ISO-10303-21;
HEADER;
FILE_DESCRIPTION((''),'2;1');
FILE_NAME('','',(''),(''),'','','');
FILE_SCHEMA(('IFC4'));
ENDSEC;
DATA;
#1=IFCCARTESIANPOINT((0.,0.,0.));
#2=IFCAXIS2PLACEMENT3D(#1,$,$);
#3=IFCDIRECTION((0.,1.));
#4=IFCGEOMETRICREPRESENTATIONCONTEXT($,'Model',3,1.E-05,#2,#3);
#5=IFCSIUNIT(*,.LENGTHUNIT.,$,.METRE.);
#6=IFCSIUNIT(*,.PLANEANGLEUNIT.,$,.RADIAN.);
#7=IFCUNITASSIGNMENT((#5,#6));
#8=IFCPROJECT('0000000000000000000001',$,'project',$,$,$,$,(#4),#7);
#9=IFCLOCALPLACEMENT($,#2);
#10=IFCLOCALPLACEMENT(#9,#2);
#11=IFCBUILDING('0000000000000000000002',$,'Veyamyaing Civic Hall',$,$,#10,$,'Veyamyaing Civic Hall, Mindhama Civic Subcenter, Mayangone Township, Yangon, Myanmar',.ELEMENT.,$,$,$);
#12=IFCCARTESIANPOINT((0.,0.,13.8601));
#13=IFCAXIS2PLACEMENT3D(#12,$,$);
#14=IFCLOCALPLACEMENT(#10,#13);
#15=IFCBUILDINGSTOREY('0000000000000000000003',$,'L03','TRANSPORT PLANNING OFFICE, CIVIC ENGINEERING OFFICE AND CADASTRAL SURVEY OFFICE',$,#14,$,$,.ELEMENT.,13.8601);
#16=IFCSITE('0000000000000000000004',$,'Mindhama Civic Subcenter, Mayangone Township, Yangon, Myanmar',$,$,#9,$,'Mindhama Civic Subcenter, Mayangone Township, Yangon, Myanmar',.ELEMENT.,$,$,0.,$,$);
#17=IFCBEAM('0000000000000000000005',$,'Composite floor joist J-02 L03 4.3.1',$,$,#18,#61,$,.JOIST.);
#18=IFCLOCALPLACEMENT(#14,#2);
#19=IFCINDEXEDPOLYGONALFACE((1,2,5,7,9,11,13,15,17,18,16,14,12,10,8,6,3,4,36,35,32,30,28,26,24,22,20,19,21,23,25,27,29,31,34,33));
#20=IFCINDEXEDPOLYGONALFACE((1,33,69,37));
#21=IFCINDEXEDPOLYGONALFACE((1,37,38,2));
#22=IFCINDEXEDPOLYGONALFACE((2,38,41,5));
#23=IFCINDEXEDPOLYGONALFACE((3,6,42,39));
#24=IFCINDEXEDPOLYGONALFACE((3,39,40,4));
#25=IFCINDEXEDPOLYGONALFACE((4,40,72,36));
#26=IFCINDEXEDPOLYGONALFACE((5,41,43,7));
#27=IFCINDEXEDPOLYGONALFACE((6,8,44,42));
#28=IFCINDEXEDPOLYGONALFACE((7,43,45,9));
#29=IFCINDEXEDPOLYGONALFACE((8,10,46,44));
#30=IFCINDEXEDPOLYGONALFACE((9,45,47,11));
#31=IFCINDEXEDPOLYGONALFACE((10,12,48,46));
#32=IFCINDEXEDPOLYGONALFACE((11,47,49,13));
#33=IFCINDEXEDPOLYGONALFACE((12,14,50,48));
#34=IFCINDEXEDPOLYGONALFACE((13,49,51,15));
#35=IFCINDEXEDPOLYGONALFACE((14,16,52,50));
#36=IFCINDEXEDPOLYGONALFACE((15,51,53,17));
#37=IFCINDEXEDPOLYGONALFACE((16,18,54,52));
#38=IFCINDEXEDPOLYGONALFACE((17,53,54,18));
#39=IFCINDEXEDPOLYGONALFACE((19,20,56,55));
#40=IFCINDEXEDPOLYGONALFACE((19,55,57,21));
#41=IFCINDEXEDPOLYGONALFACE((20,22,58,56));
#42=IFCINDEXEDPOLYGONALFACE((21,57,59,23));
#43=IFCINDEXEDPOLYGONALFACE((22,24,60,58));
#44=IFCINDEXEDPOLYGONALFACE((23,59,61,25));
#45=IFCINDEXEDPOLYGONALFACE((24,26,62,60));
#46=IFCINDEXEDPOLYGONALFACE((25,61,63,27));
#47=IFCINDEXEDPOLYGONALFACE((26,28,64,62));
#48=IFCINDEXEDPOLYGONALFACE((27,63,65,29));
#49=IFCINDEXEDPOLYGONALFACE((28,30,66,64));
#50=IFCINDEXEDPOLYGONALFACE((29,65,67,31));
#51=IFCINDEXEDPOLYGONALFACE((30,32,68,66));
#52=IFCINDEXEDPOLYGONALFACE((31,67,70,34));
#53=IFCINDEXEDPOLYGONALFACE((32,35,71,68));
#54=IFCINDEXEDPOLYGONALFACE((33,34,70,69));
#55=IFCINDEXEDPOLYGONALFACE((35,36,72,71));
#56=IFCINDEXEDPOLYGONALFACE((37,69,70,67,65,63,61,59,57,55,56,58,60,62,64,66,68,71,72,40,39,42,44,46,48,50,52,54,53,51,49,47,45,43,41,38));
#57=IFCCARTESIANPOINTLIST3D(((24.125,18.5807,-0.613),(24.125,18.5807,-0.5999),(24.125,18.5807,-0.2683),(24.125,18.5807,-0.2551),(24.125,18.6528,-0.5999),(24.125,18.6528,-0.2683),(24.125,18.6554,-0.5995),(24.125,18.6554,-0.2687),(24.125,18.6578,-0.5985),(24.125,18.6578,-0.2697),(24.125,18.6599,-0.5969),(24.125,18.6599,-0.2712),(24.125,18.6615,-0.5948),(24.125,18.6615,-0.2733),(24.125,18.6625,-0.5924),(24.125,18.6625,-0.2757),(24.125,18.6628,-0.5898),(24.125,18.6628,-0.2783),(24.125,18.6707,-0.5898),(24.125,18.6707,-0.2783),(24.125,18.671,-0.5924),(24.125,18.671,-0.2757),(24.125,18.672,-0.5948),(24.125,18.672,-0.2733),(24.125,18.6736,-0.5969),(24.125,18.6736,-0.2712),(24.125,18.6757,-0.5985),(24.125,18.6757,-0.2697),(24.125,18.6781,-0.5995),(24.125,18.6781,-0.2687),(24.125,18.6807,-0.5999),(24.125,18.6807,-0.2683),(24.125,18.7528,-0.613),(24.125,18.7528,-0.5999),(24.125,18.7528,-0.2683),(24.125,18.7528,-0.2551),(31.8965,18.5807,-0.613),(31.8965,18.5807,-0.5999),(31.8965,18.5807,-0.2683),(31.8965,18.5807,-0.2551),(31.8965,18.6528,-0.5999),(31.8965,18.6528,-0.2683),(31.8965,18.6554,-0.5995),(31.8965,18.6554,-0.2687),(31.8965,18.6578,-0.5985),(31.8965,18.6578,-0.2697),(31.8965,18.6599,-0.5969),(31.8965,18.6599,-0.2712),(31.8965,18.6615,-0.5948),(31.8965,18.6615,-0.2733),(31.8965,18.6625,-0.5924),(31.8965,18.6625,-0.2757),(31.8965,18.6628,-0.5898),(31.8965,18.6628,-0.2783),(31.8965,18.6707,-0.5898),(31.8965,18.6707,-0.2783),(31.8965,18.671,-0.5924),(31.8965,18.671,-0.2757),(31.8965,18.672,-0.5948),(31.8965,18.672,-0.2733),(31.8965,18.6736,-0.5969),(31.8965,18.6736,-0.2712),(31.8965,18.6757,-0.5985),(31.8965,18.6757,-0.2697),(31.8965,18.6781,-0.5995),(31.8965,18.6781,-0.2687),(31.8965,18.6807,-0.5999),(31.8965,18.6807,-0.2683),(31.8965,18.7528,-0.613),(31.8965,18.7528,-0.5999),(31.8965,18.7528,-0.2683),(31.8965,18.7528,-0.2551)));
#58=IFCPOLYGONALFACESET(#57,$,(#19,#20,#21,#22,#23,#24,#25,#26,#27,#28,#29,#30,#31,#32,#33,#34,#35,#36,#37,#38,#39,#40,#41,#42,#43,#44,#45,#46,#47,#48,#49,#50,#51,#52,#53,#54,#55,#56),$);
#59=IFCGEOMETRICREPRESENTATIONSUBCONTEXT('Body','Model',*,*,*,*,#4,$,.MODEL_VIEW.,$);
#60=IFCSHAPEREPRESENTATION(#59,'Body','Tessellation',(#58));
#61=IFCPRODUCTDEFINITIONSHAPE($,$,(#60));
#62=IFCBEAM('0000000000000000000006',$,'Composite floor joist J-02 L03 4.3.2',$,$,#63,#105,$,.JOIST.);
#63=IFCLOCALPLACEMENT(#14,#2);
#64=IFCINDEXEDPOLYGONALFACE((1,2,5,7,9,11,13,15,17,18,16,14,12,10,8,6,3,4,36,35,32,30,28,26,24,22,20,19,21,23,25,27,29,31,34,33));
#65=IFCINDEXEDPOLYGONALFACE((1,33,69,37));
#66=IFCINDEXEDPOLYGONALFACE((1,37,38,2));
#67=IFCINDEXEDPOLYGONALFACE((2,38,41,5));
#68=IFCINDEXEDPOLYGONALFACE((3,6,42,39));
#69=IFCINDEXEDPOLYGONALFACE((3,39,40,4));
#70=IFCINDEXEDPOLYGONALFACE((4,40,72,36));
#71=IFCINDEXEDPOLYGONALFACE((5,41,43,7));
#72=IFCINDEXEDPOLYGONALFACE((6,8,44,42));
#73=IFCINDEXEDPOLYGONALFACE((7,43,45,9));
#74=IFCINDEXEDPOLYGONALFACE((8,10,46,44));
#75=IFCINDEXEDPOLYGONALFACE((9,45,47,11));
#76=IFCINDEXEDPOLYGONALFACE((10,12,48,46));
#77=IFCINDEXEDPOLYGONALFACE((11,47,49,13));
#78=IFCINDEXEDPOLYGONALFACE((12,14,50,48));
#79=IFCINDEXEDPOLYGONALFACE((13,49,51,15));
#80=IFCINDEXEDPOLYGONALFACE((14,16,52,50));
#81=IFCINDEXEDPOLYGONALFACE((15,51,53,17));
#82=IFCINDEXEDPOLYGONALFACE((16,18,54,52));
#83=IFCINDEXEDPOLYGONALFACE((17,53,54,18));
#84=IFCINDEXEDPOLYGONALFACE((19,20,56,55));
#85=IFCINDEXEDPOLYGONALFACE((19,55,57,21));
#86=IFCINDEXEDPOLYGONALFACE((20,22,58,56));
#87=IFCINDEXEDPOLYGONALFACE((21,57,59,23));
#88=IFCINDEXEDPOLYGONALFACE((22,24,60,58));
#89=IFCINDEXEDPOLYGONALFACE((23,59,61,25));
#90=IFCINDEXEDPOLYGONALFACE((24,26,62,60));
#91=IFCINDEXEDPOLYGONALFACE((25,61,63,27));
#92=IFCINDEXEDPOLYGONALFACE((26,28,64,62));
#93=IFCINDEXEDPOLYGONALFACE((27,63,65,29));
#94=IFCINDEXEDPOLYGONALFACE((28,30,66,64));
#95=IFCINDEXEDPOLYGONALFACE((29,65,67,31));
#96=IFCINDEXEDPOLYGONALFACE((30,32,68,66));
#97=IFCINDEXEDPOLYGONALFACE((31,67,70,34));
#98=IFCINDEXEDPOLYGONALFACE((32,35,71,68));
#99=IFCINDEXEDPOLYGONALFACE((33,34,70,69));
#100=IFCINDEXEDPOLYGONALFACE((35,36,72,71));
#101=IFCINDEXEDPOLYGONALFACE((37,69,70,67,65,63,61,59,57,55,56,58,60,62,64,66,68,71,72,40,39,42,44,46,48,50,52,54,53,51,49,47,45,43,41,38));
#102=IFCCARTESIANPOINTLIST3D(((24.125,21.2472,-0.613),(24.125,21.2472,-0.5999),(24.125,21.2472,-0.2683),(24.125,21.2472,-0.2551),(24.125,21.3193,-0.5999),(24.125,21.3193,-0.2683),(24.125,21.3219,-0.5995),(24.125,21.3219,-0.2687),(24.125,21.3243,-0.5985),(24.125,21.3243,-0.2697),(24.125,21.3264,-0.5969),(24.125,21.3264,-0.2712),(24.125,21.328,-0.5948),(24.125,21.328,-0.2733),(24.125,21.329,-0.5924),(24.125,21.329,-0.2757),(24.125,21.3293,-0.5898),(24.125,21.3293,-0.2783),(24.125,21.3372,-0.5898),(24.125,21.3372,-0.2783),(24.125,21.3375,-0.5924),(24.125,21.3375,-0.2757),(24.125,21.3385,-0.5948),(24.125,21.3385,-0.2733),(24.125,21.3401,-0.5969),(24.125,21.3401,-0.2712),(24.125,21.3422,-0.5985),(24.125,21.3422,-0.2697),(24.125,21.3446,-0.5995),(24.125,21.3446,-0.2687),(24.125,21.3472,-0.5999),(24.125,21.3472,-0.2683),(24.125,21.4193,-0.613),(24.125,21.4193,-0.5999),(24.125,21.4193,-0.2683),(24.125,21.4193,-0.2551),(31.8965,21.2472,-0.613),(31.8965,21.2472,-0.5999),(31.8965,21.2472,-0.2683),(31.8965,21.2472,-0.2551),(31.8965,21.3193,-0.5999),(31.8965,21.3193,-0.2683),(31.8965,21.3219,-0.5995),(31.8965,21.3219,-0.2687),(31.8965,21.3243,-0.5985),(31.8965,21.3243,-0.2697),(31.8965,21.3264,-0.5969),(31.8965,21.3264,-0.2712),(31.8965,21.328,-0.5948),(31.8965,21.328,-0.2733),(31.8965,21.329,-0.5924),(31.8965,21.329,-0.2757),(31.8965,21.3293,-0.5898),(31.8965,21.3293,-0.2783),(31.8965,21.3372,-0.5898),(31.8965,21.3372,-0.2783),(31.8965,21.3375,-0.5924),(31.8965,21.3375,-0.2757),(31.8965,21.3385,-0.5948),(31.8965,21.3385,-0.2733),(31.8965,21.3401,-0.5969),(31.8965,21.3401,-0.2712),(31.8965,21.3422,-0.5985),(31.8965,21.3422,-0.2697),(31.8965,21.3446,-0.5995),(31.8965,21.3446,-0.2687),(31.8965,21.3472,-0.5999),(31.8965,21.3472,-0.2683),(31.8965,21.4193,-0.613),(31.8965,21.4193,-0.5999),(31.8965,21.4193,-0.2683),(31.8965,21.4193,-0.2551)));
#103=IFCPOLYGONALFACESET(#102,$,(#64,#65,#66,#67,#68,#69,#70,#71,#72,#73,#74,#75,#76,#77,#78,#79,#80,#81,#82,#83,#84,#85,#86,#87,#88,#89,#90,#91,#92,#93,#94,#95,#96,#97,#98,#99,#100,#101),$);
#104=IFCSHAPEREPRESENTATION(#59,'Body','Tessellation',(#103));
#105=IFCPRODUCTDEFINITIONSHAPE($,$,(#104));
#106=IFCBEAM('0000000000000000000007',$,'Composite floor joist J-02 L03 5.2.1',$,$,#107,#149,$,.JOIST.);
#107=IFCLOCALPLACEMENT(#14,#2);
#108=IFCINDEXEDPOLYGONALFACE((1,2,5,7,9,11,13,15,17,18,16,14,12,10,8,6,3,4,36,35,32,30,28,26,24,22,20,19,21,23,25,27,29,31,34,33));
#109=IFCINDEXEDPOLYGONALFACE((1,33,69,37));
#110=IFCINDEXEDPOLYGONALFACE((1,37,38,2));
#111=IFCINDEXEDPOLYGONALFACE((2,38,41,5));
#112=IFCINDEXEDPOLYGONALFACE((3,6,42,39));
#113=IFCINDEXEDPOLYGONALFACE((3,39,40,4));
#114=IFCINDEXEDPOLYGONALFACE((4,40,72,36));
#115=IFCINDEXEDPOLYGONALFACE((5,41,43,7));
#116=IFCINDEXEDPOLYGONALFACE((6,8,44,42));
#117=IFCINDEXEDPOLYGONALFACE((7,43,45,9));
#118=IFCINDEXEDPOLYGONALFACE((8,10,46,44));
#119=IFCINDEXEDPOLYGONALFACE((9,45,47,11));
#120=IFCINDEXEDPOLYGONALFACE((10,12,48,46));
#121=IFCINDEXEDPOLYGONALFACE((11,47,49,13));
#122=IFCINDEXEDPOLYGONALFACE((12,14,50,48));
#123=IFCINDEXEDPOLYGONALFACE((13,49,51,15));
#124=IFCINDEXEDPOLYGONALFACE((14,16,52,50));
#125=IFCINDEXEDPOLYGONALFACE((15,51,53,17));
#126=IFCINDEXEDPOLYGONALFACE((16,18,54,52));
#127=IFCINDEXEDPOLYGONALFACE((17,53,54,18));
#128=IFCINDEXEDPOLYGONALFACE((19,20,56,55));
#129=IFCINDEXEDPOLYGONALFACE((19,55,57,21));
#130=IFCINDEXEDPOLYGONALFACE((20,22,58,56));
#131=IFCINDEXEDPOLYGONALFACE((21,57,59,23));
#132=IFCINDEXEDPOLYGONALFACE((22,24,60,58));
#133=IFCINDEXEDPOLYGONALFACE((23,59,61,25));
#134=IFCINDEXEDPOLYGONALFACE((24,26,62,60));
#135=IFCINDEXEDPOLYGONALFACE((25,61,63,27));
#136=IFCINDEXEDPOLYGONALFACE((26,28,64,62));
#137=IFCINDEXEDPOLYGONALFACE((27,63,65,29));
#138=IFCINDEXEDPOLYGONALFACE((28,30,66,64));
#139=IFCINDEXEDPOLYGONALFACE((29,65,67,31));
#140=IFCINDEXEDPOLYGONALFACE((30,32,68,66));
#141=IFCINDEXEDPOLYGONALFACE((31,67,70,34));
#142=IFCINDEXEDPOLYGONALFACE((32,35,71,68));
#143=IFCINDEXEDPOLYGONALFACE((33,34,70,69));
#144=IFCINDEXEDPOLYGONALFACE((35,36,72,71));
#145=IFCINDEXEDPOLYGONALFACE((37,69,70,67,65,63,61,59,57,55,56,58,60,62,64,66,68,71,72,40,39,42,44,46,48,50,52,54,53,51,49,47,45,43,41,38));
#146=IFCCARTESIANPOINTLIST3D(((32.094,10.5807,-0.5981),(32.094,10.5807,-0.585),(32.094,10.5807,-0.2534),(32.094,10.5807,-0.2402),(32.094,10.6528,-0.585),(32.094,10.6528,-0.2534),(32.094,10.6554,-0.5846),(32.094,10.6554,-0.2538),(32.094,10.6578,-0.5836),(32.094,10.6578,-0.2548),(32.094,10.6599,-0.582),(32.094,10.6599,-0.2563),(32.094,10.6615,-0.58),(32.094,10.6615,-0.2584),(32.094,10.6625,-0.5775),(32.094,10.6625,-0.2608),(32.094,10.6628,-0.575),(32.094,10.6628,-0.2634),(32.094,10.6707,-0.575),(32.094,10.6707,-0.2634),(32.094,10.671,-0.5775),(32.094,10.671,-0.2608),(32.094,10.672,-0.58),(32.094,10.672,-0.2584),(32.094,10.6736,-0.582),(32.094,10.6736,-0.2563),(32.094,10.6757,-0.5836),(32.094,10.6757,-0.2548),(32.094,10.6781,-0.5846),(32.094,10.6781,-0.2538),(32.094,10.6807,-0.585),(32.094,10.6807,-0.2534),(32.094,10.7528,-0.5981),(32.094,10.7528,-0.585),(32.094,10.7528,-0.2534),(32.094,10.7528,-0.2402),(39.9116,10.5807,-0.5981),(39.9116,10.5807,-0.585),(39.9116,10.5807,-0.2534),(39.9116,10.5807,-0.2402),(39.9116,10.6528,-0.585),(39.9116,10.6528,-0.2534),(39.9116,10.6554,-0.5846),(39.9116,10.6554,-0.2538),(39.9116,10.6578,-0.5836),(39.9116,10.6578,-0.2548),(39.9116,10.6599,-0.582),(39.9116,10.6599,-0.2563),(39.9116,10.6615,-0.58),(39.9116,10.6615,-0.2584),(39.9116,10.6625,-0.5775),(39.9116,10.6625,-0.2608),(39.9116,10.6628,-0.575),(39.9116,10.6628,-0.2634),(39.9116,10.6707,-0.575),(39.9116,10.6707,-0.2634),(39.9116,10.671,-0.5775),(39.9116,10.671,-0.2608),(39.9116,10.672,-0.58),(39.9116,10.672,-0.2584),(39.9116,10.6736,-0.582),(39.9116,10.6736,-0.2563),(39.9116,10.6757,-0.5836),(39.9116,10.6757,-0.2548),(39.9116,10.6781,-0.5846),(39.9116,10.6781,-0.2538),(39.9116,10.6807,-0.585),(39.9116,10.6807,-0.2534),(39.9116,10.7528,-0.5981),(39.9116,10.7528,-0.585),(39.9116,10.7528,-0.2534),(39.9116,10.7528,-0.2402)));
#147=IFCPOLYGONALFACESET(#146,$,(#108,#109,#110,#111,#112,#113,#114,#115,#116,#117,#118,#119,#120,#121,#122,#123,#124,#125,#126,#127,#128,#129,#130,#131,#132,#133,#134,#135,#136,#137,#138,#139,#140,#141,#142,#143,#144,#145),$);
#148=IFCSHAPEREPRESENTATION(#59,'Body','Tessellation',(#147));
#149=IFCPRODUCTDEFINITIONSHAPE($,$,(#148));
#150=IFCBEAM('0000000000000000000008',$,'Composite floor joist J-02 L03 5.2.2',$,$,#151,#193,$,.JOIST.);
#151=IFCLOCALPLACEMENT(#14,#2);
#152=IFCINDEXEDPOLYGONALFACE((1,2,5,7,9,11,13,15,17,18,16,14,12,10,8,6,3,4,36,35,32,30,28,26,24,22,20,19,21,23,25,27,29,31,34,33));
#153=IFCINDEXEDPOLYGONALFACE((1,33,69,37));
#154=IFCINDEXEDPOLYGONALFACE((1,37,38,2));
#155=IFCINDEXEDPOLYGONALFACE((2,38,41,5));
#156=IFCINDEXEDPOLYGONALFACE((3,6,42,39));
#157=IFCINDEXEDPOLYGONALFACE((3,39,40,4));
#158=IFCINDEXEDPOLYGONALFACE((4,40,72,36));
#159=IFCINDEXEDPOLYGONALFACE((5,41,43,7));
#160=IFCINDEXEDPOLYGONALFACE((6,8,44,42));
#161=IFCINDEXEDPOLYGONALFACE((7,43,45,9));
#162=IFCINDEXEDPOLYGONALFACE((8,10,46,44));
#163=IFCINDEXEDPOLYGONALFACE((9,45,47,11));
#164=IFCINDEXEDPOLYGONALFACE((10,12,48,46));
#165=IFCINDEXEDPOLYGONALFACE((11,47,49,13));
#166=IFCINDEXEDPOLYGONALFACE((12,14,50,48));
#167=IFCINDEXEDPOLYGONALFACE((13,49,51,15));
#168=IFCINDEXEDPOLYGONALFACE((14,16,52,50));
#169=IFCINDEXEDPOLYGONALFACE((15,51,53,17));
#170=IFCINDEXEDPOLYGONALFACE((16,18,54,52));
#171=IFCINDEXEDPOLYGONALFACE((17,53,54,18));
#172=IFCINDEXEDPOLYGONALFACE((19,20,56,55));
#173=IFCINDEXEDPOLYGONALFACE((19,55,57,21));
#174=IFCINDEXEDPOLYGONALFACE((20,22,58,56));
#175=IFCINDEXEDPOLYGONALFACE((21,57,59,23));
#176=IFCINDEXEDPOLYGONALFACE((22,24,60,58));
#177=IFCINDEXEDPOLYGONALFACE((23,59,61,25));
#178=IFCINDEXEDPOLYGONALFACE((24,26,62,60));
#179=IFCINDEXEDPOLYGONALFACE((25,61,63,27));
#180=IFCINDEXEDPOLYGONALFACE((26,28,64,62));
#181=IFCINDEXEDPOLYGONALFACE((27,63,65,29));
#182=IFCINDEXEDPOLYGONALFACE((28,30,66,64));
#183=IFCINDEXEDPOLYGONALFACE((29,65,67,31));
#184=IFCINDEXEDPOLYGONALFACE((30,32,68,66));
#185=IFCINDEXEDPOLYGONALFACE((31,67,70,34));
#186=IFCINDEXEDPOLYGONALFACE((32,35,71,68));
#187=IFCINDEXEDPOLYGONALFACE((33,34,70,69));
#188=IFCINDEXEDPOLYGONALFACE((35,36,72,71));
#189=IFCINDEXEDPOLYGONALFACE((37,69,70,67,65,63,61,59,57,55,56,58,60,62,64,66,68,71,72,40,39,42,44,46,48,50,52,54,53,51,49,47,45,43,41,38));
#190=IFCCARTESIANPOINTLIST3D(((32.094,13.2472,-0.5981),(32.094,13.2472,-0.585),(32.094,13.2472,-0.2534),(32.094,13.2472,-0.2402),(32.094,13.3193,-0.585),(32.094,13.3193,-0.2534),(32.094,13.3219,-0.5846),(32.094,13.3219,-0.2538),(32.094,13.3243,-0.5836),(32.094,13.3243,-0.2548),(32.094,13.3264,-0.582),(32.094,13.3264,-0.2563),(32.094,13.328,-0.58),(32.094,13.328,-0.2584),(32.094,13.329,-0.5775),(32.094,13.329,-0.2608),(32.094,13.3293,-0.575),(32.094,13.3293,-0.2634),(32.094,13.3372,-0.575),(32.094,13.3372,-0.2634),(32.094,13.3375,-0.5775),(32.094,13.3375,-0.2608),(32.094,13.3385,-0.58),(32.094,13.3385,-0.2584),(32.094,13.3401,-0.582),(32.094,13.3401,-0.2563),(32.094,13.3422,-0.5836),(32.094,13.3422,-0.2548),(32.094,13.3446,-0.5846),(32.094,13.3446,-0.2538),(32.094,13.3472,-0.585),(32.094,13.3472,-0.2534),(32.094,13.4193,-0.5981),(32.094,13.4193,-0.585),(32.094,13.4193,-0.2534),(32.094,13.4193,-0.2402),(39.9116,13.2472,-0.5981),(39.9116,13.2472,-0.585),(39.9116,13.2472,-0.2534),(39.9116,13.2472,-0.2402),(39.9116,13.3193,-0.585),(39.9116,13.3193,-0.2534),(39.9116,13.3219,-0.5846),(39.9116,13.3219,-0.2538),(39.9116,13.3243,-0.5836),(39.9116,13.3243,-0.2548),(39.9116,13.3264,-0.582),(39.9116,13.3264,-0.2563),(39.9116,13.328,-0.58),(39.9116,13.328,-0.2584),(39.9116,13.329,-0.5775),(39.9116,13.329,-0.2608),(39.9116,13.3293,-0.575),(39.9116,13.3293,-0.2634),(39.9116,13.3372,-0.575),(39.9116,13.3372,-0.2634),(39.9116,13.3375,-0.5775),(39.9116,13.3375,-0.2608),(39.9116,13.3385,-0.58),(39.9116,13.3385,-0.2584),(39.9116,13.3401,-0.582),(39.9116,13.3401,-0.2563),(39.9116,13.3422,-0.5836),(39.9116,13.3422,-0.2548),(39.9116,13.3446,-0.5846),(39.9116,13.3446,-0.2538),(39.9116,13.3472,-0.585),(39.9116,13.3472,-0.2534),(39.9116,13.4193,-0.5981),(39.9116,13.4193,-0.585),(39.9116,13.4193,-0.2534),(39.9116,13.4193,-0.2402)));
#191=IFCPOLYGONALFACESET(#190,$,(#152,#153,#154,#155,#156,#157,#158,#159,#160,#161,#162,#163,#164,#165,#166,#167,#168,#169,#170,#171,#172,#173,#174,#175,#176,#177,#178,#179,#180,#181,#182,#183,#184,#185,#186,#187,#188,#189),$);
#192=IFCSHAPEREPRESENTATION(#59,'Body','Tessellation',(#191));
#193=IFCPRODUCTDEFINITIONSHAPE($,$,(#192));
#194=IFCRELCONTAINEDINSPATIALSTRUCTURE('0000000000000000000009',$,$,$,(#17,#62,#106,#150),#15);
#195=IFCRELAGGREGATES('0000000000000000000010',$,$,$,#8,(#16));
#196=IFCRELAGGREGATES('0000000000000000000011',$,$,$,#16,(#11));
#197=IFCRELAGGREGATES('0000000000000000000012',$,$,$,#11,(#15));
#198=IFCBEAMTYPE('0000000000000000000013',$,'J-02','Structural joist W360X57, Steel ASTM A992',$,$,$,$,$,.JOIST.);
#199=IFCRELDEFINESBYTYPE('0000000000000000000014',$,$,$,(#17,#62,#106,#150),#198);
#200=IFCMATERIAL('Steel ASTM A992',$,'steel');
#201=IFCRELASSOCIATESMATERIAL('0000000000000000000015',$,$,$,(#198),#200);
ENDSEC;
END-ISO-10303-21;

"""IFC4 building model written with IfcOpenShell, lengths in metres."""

from ifc_helpers import new_model, si_unit, direction, frame, origin, origin_2d, place, context, subcontext, project, spatial, i_section, extrude, material, material_profile, profile_set, type_object, element, save


model = new_model("IFC4")

# Units and contexts
model_context = context("Model", 3, precision=1e-05, world=origin(), true_north=direction((0.0, 1.0)))
body_context = subcontext(model_context, "Body", "Model", "MODEL_VIEW")
ifc_project = project(units=[si_unit("LENGTHUNIT", "METRE"), si_unit("PLANEANGLEUNIT", "RADIAN")], contexts=[model_context])

# Site, building, storey
site_placement = place(None, origin())
site = spatial("IfcSite", under=ifc_project, at=site_placement, Name="Mindhama Civic Subcenter, Mayangone Township, Yangon, Myanmar", LongName="Mindhama Civic Subcenter, Mayangone Township, Yangon, Myanmar", CompositionType="ELEMENT", RefElevation=0.0)
building_placement = place(site_placement, origin())
building = spatial("IfcBuilding", under=site, at=building_placement, Name="Veyamyaing Civic Hall", LongName="Veyamyaing Civic Hall, Mindhama Civic Subcenter, Mayangone Township, Yangon, Myanmar", CompositionType="ELEMENT")
storey_placement = place(building_placement, frame((0.0, 0.0, 13.8601)))
storey = spatial("IfcBuildingStorey", under=building, at=storey_placement, Name="L03", Description="TRANSPORT PLANNING OFFICE, CIVIC ENGINEERING OFFICE AND CADASTRAL SURVEY OFFICE", CompositionType="ELEMENT", Elevation=13.8601)

# Beams
ifc_material_1 = material(Name="Steel ASTM A992", Category="steel")
ifc_material_profile_1 = material_profile(ifc_material_1, i_section(OverallWidth=0.1721, OverallDepth=0.3579, WebThickness=0.0078, FlangeThickness=0.0132, FilletRadius=0.01, at=origin_2d()), Name="W360X57")
ifc_profile_set_1 = profile_set([ifc_material_profile_1], Name="Steel ASTM A992")
beam_type_1 = type_object("IfcBeamType", Name="J-02", Description="Structural joist W360X57, Steel ASTM A992", PredefinedType="JOIST", material=ifc_profile_set_1)
for number, where, z_axis, x_axis, name in (
    (1, (24.125, 18.6667, -0.4341), (1.0, 0.0, 0.0), (0.0, 1.0, 0.0), "Composite floor joist J-02 L03 4.3.1"),
    (2, (24.125, 21.3333, -0.4341), (1.0, 0.0, 0.0), (0.0, 1.0, 0.0), "Composite floor joist J-02 L03 4.3.2"),
):
    element("IfcBeam", number, at=place(storey_placement, frame(where, z_axis=z_axis, x_axis=x_axis)), inside=storey, type_object=beam_type_1, Name=name, PredefinedType="JOIST", context=body_context, shape_type="SweptSolid", body=[
        extrude(i_section(OverallWidth=0.1721, OverallDepth=0.3579, WebThickness=0.0078, FlangeThickness=0.0132, FilletRadius=0.01, at=origin_2d()), origin(), (0.0, 0.0, 1.0), 7.7715),
    ])
for number, where, z_axis, x_axis, name in (
    (3, (32.094, 10.6667, -0.4192), (1.0, 0.0, 0.0), (0.0, 1.0, 0.0), "Composite floor joist J-02 L03 5.2.1"),
    (4, (32.094, 13.3333, -0.4192), (1.0, 0.0, 0.0), (0.0, 1.0, 0.0), "Composite floor joist J-02 L03 5.2.2"),
):
    element("IfcBeam", number, at=place(storey_placement, frame(where, z_axis=z_axis, x_axis=x_axis)), inside=storey, type_object=beam_type_1, Name=name, PredefinedType="JOIST", context=body_context, shape_type="SweptSolid", body=[
        extrude(i_section(OverallWidth=0.1721, OverallDepth=0.3579, WebThickness=0.0078, FlangeThickness=0.0132, FilletRadius=0.01, at=origin_2d()), origin(), (0.0, 0.0, 1.0), 7.8176),
    ])

save(model, "model.ifc")
